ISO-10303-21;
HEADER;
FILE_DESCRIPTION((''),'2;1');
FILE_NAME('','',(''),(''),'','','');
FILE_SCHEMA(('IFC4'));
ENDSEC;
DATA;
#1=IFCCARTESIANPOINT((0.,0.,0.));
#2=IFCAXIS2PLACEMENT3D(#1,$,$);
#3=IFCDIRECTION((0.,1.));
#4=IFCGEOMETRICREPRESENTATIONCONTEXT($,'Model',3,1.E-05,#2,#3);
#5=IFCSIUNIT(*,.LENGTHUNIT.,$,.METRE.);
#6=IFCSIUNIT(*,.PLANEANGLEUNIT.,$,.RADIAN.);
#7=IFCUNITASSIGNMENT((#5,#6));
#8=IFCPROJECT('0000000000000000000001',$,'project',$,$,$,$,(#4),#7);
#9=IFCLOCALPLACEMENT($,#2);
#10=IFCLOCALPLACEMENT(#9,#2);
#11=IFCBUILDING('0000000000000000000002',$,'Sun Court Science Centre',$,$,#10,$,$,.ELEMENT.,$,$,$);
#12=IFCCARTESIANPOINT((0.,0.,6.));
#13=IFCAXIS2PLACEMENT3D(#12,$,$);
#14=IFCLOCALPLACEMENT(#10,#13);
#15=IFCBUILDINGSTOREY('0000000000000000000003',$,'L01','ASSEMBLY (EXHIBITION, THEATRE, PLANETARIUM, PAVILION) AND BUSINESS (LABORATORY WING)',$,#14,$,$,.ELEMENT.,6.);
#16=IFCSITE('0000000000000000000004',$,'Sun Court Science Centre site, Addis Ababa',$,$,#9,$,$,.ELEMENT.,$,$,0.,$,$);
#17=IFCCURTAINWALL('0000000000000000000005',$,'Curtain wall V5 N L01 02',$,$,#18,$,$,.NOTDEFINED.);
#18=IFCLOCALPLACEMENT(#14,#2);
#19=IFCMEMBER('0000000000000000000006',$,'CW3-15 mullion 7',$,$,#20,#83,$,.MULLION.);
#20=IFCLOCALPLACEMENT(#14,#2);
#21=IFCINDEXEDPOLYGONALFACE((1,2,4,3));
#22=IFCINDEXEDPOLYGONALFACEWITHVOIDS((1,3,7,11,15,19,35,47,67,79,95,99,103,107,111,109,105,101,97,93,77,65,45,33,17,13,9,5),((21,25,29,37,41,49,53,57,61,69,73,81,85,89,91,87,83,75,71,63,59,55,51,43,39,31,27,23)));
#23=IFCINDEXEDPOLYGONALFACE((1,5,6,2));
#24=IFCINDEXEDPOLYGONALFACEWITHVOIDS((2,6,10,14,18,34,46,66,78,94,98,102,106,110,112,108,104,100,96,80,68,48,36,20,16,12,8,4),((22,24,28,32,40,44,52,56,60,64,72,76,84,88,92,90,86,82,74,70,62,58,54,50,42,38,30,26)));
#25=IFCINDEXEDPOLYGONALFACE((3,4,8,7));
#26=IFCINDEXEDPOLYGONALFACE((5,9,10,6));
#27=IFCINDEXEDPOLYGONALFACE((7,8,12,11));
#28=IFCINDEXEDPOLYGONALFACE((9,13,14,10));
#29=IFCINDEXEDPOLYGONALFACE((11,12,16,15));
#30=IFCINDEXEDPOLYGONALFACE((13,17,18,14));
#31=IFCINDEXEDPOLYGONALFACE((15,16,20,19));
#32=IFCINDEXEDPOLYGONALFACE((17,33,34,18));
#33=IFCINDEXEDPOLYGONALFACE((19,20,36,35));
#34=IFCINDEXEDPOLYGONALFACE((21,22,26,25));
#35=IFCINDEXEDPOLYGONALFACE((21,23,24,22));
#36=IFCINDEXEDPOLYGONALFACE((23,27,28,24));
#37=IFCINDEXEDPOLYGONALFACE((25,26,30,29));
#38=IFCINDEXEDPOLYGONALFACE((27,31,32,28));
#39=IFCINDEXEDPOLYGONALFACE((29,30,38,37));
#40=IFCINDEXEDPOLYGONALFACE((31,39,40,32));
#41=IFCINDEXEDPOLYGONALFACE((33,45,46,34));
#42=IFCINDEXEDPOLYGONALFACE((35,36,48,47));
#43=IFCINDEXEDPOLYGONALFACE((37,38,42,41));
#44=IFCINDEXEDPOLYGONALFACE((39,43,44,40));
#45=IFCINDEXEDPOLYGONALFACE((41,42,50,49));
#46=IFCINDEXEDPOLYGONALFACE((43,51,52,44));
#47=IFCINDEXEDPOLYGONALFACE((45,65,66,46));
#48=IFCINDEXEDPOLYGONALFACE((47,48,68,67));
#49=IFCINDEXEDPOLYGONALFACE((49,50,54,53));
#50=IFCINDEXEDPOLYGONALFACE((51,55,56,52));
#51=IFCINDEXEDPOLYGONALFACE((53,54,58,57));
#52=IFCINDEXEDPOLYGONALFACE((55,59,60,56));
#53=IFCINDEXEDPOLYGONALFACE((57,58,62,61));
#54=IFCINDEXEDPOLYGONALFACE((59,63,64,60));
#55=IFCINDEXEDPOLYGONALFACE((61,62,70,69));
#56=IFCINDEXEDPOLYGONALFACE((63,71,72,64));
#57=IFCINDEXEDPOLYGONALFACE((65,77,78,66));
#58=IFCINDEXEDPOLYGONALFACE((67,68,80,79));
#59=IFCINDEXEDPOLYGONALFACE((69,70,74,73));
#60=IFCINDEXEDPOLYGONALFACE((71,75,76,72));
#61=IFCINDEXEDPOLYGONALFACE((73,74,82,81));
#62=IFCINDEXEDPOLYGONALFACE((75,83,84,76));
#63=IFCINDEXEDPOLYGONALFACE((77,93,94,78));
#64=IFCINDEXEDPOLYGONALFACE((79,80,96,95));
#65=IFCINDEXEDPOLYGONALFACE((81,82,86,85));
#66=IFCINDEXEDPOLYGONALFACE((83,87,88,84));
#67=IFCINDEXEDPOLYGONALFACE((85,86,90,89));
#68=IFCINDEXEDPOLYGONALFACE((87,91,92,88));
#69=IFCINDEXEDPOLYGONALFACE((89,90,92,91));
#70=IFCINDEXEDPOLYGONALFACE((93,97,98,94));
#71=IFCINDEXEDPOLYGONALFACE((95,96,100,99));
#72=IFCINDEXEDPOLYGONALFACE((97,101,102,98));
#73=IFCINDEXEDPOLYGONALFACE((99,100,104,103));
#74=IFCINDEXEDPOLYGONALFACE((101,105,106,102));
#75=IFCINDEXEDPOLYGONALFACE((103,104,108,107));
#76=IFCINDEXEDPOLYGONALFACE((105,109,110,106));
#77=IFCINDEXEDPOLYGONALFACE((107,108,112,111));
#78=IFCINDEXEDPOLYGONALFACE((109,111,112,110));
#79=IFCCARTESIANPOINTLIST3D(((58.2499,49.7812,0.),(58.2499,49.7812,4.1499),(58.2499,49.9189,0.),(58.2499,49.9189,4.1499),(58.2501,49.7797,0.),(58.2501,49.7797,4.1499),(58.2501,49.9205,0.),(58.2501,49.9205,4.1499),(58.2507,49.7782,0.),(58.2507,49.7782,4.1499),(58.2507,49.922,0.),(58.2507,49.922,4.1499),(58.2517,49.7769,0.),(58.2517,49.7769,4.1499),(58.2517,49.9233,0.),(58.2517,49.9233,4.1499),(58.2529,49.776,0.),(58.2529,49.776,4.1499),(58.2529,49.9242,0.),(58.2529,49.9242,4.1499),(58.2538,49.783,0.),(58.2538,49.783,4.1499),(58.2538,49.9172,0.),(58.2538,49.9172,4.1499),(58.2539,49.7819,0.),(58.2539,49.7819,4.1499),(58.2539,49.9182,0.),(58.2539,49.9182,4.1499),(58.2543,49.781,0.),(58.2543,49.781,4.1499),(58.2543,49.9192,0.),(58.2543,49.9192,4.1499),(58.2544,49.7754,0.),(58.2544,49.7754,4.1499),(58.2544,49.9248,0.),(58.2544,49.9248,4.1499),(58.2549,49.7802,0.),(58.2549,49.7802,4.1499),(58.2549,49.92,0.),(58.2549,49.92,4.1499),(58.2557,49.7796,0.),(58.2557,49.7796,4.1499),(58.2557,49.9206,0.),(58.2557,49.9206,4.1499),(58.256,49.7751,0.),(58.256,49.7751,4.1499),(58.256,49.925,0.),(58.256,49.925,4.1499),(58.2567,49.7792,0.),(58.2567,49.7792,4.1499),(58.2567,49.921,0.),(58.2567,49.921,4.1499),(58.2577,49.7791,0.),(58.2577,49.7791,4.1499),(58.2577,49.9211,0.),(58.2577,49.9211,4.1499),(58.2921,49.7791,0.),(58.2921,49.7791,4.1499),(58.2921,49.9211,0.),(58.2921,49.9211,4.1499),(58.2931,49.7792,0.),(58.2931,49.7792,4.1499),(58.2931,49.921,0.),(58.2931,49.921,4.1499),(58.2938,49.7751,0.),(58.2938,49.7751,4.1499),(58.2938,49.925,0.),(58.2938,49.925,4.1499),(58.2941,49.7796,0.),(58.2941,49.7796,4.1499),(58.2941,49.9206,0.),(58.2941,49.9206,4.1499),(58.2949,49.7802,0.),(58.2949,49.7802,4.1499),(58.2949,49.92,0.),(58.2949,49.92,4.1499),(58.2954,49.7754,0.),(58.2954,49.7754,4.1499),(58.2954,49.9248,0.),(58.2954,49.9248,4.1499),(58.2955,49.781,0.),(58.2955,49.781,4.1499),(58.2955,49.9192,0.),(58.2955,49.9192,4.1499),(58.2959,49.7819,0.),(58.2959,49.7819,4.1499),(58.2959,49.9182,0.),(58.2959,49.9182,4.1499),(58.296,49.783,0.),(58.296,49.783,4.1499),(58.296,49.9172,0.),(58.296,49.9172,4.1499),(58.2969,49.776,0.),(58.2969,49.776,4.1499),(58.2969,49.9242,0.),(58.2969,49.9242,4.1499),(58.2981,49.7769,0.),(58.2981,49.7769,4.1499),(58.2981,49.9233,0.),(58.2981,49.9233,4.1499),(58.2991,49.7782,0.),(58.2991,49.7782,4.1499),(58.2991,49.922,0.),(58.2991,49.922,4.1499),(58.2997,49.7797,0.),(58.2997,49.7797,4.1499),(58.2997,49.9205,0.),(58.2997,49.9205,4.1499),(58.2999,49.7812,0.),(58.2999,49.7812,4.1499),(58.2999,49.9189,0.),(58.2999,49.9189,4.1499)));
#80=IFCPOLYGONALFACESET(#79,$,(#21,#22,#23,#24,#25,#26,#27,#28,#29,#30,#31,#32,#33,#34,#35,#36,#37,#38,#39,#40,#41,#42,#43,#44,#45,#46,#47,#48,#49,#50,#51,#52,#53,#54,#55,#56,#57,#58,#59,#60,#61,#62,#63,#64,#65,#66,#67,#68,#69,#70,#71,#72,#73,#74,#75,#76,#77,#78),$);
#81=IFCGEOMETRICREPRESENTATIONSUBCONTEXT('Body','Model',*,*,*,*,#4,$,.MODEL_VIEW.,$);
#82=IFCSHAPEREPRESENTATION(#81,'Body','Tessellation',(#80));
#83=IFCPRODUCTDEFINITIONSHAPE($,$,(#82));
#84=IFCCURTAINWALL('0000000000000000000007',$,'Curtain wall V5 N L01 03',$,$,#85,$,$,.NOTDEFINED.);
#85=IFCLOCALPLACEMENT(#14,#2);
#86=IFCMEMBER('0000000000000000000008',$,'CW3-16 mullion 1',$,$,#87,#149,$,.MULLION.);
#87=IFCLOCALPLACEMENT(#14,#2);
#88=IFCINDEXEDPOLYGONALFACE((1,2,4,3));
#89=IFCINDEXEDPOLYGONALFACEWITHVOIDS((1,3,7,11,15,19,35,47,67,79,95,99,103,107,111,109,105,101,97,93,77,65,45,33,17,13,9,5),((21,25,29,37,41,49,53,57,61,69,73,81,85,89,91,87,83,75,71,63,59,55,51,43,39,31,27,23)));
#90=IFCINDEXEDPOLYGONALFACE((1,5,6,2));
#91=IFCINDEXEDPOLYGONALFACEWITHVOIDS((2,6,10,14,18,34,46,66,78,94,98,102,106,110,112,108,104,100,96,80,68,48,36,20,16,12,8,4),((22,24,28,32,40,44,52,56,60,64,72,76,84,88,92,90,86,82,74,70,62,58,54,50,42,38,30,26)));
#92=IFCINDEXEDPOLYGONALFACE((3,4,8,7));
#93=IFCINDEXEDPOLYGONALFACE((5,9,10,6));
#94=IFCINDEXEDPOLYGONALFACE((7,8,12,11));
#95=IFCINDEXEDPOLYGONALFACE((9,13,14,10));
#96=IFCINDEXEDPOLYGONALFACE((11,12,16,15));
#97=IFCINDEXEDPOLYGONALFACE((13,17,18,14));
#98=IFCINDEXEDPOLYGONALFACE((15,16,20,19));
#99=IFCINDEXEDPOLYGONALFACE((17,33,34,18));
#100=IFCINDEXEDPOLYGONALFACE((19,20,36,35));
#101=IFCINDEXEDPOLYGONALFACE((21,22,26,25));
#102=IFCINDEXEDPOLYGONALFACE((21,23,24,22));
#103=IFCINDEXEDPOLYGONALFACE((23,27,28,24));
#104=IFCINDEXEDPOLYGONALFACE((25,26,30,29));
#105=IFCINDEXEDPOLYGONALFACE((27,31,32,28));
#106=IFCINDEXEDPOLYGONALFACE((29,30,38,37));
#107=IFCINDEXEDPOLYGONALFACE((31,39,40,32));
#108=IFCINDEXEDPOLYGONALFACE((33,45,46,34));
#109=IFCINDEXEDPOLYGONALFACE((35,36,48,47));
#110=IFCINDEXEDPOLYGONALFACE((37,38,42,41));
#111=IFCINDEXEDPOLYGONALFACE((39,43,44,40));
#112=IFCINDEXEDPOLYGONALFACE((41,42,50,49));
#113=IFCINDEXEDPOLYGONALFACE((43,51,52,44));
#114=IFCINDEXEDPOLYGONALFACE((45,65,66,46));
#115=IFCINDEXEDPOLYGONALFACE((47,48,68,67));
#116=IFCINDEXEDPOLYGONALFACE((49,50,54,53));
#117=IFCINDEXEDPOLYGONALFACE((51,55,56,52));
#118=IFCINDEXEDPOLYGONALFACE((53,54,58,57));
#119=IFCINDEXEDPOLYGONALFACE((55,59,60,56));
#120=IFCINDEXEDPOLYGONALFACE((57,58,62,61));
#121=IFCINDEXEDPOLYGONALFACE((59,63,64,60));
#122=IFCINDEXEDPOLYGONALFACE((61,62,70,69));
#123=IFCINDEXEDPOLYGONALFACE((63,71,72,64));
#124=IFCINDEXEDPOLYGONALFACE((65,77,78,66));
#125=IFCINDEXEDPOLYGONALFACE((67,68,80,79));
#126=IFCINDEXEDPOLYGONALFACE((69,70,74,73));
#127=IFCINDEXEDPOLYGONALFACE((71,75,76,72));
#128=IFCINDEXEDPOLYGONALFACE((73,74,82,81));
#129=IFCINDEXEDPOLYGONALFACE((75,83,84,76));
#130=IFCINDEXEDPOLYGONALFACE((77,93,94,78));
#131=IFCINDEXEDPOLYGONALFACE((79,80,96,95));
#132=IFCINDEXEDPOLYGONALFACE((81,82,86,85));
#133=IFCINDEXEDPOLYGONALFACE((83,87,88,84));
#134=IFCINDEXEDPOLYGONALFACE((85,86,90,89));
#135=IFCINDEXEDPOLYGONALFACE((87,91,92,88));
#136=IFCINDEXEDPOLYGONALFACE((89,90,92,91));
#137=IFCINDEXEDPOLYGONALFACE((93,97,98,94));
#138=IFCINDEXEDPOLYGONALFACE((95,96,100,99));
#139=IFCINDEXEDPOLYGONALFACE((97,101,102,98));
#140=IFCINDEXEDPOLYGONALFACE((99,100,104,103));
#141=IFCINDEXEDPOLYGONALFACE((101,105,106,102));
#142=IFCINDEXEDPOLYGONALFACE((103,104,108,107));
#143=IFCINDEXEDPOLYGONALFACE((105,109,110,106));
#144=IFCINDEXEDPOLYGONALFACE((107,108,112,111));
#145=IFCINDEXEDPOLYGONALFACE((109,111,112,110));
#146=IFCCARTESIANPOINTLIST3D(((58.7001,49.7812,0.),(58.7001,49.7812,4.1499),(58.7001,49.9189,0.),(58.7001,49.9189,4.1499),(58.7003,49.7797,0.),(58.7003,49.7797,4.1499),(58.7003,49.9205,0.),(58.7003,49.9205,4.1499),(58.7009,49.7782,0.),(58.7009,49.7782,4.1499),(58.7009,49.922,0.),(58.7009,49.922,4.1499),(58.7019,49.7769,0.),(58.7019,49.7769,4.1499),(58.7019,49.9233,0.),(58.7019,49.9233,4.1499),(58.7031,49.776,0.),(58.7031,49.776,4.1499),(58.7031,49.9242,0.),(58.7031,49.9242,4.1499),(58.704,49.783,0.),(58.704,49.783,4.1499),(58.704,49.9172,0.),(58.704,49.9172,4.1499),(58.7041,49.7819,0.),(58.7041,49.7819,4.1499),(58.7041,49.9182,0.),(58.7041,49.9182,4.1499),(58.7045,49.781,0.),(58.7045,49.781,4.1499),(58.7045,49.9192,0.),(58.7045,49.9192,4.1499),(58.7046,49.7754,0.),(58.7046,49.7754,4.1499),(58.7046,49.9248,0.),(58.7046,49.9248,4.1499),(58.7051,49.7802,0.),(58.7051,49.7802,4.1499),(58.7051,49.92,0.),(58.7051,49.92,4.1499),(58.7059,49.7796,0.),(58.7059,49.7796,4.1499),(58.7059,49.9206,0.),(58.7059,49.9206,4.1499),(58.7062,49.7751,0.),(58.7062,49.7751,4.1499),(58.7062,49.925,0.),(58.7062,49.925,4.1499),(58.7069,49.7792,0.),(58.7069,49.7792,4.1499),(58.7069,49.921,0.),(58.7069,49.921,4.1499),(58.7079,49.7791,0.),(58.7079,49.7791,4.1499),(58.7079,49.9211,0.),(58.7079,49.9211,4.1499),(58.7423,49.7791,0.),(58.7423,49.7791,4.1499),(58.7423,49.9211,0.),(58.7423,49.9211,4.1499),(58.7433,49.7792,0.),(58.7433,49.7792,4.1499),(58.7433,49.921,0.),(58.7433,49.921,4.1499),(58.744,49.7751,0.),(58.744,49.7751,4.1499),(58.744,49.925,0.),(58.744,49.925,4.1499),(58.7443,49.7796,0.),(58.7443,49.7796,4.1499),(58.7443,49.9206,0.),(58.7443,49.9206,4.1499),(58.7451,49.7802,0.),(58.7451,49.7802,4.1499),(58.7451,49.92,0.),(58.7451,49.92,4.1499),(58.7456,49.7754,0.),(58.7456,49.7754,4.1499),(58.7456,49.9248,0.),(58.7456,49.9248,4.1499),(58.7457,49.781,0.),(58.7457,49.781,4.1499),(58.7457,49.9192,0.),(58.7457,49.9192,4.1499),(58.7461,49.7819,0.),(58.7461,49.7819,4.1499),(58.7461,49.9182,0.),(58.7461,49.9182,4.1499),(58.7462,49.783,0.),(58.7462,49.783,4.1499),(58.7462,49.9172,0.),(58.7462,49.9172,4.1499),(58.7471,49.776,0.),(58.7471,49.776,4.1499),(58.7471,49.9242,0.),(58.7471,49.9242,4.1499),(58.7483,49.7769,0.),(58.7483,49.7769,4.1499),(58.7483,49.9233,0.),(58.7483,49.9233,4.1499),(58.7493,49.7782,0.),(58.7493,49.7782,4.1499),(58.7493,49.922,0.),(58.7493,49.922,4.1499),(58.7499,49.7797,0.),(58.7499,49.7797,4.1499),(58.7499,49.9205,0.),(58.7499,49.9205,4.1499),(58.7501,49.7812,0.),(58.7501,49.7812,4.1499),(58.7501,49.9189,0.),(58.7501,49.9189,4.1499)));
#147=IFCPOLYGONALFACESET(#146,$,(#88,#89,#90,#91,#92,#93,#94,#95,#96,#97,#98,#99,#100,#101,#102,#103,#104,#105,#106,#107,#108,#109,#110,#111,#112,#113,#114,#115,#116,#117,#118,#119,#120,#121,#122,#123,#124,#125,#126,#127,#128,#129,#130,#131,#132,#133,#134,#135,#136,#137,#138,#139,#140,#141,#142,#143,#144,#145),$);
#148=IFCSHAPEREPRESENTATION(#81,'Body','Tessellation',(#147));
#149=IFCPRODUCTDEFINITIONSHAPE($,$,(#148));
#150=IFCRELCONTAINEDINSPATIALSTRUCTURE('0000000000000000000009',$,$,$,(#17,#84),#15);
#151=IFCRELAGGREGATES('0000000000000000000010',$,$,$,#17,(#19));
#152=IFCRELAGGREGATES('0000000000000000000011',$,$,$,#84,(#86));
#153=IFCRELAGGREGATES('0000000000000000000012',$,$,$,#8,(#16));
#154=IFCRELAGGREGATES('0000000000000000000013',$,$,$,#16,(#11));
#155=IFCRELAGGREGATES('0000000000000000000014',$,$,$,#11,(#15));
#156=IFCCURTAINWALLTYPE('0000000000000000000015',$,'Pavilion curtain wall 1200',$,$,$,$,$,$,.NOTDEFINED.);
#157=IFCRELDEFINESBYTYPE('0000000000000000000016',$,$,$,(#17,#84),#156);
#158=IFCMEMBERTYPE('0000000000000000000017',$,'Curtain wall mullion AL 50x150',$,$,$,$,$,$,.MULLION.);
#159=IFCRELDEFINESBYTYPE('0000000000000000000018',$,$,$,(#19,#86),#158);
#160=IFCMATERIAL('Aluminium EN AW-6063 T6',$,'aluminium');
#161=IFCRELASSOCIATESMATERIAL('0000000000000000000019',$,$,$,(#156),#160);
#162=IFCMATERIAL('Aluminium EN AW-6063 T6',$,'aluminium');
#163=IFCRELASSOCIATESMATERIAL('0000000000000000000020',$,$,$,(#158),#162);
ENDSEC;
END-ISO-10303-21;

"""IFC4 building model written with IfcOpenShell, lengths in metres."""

from ifc_helpers import new_model, si_unit, direction, frame, origin, origin_2d, place, context, subcontext, project, spatial, hollow_rectangle, extrude, material, material_profile, profile_set, type_object, element, aggregate, save


model = new_model("IFC4")

# Units and contexts
model_context = context("Model", 3, precision=1e-05, world=origin(), true_north=direction((0.0, 1.0)))
body_context = subcontext(model_context, "Body", "Model", "MODEL_VIEW")
ifc_project = project(units=[si_unit("LENGTHUNIT", "METRE"), si_unit("PLANEANGLEUNIT", "RADIAN")], contexts=[model_context])

# Site, building, storey
site_placement = place(None, origin())
site = spatial("IfcSite", under=ifc_project, at=site_placement, Name="Sun Court Science Centre site, Addis Ababa", CompositionType="ELEMENT", RefElevation=0.0)
building_placement = place(site_placement, origin())
building = spatial("IfcBuilding", under=site, at=building_placement, Name="Sun Court Science Centre", CompositionType="ELEMENT")
storey_placement = place(building_placement, frame((0.0, 0.0, 6.0)))
storey = spatial("IfcBuildingStorey", under=building, at=storey_placement, Name="L01", Description="ASSEMBLY (EXHIBITION, THEATRE, PLANETARIUM, PAVILION) AND BUSINESS (LABORATORY WING)", CompositionType="ELEMENT", Elevation=6.0)

# Curtain walls, members
ifc_material_1 = material(Name="Aluminium EN AW-6063 T6", Category="aluminium")
curtain_wall_type = type_object("IfcCurtainWallType", Name="Pavilion curtain wall 1200", PredefinedType="NOTDEFINED", material=ifc_material_1)
curtain_wall_1_placement = place(storey_placement, origin())
curtain_wall_1 = element("IfcCurtainWall", 1, at=curtain_wall_1_placement, inside=storey, type_object=curtain_wall_type, Name="Curtain wall V5 N L01 02", PredefinedType="NOTDEFINED")
ifc_material_2 = material(Name="Aluminium EN AW-6063 T6", Category="aluminium")
ifc_material_profile_1 = material_profile(ifc_material_2, hollow_rectangle(XDim=0.05, YDim=0.1499, WallThickness=0.0039, InnerFilletRadius=0.0039, OuterFilletRadius=0.0061, at=origin_2d()), Name="AL 50x150x4")
ifc_profile_set_1 = profile_set([ifc_material_profile_1], Name="Aluminium EN AW-6063 T6")
member_type_1 = type_object("IfcMemberType", Name="Curtain wall mullion AL 50x150", PredefinedType="MULLION", material=ifc_profile_set_1)
member_1_placement = place(storey_placement, frame((58.2749, 49.8501, 0.0), z_axis=(0.0, 0.0, 1.0), x_axis=(1.0, 0.0, 0.0)))
member_1 = element("IfcMember", 2, at=member_1_placement, type_object=member_type_1, Name="CW3-15 mullion 7", PredefinedType="MULLION", context=body_context, shape_type="SweptSolid", body=[
    extrude(hollow_rectangle(XDim=0.05, YDim=0.1499, WallThickness=0.0039, InnerFilletRadius=0.0039, OuterFilletRadius=0.0061, at=origin_2d()), origin(), (0.0, 0.0, 1.0), 4.1499),
])
curtain_wall_2_placement = place(storey_placement, origin())
curtain_wall_2 = element("IfcCurtainWall", 3, at=curtain_wall_2_placement, inside=storey, type_object=curtain_wall_type, Name="Curtain wall V5 N L01 03", PredefinedType="NOTDEFINED")
member_2_placement = place(storey_placement, frame((58.7251, 49.8501, 0.0), z_axis=(0.0, 0.0, 1.0), x_axis=(1.0, 0.0, 0.0)))
member_2 = element("IfcMember", 4, at=member_2_placement, type_object=member_type_1, Name="CW3-16 mullion 1", PredefinedType="MULLION", context=body_context, shape_type="SweptSolid", body=[
    extrude(hollow_rectangle(XDim=0.05, YDim=0.1499, WallThickness=0.0039, InnerFilletRadius=0.0039, OuterFilletRadius=0.0061, at=origin_2d()), origin(), (0.0, 0.0, 1.0), 4.1499),
])

aggregate(curtain_wall_1, [member_1])
aggregate(curtain_wall_2, [member_2])

save(model, "model.ifc")
